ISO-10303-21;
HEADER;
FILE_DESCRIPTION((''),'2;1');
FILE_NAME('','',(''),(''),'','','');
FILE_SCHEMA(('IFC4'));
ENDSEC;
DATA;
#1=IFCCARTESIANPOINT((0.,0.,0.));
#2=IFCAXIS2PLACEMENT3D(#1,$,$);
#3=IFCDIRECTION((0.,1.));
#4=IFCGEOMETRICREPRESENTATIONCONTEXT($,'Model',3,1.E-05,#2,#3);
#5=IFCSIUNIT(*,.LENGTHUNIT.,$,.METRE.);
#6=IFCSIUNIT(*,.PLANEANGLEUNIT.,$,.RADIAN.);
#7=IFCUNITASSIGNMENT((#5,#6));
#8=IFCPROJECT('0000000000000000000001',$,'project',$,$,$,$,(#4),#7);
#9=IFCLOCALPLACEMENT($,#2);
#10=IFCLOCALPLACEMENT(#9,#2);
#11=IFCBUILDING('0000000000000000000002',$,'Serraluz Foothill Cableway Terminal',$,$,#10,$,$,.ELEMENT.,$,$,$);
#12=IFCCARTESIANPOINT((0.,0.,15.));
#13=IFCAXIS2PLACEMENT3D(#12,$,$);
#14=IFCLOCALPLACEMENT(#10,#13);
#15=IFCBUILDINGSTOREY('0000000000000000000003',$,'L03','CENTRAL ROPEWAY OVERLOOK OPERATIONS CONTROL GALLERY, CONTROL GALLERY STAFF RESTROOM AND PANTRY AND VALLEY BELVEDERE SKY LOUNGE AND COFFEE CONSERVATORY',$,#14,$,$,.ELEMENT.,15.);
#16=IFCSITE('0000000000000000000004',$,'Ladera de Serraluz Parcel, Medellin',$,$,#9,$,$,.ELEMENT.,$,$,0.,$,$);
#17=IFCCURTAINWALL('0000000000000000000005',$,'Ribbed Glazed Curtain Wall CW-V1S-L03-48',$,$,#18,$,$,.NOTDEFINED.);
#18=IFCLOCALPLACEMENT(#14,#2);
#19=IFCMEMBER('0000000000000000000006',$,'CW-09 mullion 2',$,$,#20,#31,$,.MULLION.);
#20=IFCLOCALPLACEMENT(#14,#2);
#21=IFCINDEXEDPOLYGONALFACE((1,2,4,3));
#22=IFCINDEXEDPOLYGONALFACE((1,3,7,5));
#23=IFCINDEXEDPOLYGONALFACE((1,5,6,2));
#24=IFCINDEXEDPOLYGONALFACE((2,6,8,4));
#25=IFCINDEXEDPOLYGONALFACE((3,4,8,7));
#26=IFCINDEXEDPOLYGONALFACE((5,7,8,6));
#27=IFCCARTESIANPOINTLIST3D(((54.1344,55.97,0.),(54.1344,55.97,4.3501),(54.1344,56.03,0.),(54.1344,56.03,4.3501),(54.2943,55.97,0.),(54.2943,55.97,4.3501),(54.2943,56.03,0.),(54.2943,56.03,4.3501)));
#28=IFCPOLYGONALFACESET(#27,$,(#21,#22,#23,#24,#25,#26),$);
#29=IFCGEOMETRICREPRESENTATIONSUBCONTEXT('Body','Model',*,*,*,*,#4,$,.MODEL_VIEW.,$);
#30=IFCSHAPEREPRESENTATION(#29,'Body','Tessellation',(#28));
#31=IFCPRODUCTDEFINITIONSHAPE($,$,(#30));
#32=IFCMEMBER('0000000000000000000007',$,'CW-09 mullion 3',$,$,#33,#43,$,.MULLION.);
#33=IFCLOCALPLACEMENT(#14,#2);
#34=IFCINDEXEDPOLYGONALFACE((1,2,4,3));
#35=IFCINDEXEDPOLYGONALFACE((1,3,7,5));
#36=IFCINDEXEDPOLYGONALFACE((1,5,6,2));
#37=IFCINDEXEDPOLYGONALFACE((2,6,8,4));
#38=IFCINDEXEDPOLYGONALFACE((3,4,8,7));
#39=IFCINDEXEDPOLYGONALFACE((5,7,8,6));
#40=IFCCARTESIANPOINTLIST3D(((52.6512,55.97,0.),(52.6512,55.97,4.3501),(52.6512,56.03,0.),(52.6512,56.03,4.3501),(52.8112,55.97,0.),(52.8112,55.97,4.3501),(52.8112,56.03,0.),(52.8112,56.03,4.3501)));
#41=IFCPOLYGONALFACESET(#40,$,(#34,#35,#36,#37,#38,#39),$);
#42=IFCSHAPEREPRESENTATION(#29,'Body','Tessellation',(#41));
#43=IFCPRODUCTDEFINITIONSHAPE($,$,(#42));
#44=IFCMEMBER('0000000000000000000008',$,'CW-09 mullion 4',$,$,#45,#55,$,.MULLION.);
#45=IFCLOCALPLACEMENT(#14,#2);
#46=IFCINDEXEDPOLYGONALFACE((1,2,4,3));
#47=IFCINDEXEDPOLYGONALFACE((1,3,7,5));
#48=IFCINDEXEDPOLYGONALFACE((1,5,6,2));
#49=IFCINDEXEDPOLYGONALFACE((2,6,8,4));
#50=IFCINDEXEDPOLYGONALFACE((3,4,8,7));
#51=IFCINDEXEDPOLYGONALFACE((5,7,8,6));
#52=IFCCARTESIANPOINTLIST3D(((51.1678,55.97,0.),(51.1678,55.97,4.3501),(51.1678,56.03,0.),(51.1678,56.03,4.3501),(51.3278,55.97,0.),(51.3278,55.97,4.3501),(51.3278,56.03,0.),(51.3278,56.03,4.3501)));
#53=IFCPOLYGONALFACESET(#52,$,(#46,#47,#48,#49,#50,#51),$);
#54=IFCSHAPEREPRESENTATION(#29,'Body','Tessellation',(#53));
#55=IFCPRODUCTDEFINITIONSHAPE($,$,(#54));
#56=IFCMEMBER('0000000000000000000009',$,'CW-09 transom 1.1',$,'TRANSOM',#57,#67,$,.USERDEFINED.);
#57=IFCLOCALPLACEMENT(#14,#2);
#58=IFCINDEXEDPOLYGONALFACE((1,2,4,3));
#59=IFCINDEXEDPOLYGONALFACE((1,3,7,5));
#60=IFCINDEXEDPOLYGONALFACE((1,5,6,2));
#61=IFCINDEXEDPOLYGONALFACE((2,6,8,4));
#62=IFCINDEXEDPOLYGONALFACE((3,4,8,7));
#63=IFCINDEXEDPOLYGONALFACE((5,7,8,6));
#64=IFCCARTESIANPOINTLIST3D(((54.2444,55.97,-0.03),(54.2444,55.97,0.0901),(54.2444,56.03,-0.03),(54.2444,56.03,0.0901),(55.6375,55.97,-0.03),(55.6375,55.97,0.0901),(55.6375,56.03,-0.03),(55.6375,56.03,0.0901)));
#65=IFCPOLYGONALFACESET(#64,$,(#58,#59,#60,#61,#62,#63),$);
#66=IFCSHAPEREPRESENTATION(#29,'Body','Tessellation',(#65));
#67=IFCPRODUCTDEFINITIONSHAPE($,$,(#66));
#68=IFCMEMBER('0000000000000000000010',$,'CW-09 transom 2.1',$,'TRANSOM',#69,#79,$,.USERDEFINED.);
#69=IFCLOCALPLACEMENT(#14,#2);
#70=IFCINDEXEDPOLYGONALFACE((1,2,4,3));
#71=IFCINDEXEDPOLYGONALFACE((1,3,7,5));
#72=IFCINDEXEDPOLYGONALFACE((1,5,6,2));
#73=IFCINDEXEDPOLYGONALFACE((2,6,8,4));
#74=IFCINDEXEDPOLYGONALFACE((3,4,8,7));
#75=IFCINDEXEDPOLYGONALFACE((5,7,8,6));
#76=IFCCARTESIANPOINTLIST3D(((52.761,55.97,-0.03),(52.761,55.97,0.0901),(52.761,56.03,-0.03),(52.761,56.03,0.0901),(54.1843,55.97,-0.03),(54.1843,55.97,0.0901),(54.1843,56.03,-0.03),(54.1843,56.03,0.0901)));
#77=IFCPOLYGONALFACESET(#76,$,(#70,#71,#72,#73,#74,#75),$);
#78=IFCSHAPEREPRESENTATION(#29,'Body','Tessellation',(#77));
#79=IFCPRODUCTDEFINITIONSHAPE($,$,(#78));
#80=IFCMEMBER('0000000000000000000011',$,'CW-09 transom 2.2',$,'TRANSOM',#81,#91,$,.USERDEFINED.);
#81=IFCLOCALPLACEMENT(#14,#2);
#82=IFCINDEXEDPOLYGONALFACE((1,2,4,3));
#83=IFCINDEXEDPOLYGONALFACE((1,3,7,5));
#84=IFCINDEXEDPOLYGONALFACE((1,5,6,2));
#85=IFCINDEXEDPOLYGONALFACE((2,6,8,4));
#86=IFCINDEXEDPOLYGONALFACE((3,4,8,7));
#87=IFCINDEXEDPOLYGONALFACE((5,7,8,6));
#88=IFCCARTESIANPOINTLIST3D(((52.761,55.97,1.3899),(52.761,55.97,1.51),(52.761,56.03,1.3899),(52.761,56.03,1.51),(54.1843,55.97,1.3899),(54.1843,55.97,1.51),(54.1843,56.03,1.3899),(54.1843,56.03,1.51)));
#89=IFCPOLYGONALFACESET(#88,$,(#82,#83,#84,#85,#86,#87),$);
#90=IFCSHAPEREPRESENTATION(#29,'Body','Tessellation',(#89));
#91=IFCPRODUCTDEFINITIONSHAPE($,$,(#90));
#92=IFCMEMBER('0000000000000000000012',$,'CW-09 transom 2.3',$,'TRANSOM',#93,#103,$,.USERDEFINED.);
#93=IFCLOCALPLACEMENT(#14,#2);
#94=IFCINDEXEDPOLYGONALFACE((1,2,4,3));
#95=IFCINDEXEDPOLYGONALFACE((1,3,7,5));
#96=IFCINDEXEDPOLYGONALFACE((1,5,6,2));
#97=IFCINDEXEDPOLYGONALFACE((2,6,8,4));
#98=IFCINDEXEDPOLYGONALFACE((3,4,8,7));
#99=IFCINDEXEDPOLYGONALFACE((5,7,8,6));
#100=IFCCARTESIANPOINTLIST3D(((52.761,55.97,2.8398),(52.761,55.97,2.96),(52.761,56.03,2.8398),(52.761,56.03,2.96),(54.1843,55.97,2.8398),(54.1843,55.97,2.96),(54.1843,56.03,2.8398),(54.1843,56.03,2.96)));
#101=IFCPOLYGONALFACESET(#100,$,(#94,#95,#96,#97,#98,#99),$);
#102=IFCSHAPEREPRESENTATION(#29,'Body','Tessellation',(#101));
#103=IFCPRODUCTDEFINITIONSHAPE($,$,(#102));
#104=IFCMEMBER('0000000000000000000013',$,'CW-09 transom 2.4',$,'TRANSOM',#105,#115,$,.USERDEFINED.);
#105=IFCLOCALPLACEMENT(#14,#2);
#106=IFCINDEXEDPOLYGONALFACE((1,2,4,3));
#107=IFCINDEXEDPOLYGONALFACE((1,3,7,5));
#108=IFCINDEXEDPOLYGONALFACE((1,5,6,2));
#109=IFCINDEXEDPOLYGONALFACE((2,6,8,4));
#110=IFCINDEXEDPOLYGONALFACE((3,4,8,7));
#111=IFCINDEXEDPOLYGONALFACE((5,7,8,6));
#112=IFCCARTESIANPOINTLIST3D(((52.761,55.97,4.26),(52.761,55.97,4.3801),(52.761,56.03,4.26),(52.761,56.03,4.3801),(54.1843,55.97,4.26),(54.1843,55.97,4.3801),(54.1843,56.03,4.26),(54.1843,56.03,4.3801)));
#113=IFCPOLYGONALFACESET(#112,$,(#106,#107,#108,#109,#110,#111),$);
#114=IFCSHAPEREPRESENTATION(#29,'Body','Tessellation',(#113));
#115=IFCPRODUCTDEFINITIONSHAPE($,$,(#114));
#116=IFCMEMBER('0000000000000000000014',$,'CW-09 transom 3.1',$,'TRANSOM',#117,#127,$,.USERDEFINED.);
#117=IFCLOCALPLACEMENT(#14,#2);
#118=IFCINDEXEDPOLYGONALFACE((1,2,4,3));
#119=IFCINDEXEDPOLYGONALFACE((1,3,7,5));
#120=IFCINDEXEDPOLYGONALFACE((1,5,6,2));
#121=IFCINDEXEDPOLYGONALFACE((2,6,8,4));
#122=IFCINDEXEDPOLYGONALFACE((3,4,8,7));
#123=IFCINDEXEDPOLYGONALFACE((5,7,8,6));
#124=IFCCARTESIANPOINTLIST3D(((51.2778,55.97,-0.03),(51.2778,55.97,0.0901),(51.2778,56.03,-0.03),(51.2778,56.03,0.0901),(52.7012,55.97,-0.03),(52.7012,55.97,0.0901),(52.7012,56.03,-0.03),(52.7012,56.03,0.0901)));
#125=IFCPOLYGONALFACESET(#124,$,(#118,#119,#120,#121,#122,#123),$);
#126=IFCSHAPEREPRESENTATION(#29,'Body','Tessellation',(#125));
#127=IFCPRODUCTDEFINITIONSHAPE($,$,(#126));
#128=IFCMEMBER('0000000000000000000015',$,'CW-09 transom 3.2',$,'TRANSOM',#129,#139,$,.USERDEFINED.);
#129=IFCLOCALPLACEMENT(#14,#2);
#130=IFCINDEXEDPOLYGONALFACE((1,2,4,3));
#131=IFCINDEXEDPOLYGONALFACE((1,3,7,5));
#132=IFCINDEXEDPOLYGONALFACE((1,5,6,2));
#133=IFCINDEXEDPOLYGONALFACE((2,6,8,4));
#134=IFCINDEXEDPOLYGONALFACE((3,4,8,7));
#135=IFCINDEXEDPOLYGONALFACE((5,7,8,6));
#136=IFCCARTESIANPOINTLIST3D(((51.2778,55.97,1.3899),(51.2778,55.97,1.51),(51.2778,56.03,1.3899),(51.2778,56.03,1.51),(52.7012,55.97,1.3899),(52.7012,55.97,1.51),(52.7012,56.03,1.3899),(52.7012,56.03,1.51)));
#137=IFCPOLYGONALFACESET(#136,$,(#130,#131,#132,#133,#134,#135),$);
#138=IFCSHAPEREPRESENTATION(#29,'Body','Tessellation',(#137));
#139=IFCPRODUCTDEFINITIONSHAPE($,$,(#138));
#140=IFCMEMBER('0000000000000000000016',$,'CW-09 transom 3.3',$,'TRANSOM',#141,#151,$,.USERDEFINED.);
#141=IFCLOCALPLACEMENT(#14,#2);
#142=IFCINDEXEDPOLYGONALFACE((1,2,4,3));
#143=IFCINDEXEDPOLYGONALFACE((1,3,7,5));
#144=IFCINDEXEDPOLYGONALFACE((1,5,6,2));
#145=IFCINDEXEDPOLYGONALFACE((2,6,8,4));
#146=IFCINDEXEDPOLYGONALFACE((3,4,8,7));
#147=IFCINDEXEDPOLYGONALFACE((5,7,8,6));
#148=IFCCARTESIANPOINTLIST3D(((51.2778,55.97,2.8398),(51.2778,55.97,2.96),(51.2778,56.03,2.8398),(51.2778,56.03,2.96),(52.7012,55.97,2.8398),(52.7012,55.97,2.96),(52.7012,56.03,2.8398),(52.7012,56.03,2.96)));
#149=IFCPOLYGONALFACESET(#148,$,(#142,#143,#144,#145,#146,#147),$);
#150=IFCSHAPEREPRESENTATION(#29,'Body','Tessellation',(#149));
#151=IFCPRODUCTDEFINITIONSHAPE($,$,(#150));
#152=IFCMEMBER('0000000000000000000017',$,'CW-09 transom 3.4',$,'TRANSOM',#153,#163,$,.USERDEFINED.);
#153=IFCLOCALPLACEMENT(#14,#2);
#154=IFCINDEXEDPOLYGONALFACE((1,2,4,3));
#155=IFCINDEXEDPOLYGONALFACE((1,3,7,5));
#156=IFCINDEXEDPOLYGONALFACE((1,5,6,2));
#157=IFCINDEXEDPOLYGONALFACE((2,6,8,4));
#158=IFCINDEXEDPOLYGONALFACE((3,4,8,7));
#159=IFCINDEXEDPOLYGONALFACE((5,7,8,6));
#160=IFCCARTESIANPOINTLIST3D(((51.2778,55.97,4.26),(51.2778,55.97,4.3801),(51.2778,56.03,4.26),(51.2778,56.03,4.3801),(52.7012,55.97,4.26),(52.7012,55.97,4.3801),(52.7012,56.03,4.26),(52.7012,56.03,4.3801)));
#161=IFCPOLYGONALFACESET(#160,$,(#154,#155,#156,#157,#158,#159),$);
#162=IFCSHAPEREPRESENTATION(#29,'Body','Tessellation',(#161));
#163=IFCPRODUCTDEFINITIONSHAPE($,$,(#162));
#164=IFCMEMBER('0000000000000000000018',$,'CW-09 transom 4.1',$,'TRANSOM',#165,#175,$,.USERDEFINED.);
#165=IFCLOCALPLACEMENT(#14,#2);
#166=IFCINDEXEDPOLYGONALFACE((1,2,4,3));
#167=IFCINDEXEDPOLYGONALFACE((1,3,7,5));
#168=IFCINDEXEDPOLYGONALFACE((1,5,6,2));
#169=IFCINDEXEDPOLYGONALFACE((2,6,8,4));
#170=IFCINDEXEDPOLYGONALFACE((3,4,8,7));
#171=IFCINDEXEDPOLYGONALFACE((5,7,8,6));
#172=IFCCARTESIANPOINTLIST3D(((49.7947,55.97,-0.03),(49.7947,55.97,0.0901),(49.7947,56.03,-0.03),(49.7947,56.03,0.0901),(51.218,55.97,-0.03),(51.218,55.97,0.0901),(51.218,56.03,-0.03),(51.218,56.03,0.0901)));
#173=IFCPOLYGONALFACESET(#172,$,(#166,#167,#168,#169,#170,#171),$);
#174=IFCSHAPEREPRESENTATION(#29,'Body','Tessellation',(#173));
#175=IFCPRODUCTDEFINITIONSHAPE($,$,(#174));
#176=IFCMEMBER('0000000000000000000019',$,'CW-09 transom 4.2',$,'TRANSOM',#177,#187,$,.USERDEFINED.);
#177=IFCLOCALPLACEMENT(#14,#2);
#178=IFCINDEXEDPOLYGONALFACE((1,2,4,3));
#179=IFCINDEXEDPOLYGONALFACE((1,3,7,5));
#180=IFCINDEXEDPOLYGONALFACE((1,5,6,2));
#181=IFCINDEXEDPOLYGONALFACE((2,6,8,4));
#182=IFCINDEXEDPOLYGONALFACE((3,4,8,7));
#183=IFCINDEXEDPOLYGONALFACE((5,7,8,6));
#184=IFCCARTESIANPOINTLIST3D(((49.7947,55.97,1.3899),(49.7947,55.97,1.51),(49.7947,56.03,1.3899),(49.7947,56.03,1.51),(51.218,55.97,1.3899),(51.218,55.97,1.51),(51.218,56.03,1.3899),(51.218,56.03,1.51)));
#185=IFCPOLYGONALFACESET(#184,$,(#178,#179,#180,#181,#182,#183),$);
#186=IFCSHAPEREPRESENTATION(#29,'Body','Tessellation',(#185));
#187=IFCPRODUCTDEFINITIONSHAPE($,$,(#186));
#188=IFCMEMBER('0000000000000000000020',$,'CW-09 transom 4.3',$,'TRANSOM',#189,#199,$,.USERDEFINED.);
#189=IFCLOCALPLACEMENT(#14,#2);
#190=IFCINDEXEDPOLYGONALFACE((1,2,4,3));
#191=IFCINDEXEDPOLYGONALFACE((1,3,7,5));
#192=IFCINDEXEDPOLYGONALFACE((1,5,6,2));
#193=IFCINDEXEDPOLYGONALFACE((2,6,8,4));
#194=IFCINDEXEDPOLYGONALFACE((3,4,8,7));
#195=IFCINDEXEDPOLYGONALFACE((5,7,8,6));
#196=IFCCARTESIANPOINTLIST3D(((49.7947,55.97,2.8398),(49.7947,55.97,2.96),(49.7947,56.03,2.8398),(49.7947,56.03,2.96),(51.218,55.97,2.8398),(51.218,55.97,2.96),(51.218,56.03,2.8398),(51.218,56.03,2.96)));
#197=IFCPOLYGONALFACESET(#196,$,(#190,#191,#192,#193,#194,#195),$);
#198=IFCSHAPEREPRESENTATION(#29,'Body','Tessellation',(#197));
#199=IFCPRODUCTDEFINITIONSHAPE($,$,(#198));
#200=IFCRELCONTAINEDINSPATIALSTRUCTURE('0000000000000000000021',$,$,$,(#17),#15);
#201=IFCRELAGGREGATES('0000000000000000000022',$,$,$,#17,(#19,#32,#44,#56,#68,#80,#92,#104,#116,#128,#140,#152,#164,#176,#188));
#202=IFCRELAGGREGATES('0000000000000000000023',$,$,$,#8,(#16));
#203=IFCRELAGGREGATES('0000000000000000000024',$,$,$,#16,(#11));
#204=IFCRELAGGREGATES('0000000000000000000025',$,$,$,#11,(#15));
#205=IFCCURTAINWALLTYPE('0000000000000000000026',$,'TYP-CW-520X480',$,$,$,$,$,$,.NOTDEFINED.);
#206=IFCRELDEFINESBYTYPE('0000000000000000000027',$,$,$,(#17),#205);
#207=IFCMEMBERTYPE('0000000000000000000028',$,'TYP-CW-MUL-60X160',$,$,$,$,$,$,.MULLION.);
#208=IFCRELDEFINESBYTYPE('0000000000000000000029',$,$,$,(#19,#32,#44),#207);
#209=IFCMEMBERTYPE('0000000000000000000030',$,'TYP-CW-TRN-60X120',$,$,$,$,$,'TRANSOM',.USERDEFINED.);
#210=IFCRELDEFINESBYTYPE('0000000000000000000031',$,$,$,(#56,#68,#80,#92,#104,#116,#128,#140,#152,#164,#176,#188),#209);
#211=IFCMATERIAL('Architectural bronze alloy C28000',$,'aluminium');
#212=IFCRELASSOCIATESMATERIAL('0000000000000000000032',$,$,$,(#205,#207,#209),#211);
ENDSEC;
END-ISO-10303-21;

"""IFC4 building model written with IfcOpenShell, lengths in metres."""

from ifc_helpers import new_model, si_unit, direction, frame, origin, origin_2d, place, context, subcontext, project, spatial, rectangle, extrude, material, material_profile, profile_set, type_object, element, aggregate, save


model = new_model("IFC4")

# Units and contexts
model_context = context("Model", 3, precision=1e-05, world=origin(), true_north=direction((0.0, 1.0)))
body_context = subcontext(model_context, "Body", "Model", "MODEL_VIEW")
ifc_project = project(units=[si_unit("LENGTHUNIT", "METRE"), si_unit("PLANEANGLEUNIT", "RADIAN")], contexts=[model_context])

# Site, building, storey
site_placement = place(None, origin())
site = spatial("IfcSite", under=ifc_project, at=site_placement, Name="Ladera de Serraluz Parcel, Medellin", CompositionType="ELEMENT", RefElevation=0.0)
building_placement = place(site_placement, origin())
building = spatial("IfcBuilding", under=site, at=building_placement, Name="Serraluz Foothill Cableway Terminal", CompositionType="ELEMENT")
storey_placement = place(building_placement, frame((0.0, 0.0, 15.0)))
storey = spatial("IfcBuildingStorey", under=building, at=storey_placement, Name="L03", Description="CENTRAL ROPEWAY OVERLOOK OPERATIONS CONTROL GALLERY, CONTROL GALLERY STAFF RESTROOM AND PANTRY AND VALLEY BELVEDERE SKY LOUNGE AND COFFEE CONSERVATORY", CompositionType="ELEMENT", Elevation=15.0)

# Curtain wall, members
ifc_material_1 = material(Name="Architectural bronze alloy C28000", Category="aluminium")
curtain_wall_type = type_object("IfcCurtainWallType", Name="TYP-CW-520X480", PredefinedType="NOTDEFINED", material=ifc_material_1)
curtain_wall_placement = place(storey_placement, origin())
curtain_wall = element("IfcCurtainWall", 1, at=curtain_wall_placement, inside=storey, type_object=curtain_wall_type, Name="Ribbed Glazed Curtain Wall CW-V1S-L03-48", PredefinedType="NOTDEFINED")
ifc_material_profile_1 = material_profile(ifc_material_1, rectangle(XDim=0.0601, YDim=0.1599, at=origin_2d()), Name="ALU MULLION 60x160")
ifc_profile_set_1 = profile_set([ifc_material_profile_1], Name="Architectural bronze alloy C28000")
member_type_1 = type_object("IfcMemberType", Name="TYP-CW-MUL-60X160", PredefinedType="MULLION", material=ifc_profile_set_1)
member_1_placement = place(storey_placement, frame((54.2144, 56.0, 0.0), z_axis=(0.0, 0.0, 1.0), x_axis=(0.0, -1.0, 0.0)))
member_1 = element("IfcMember", 2, at=member_1_placement, type_object=member_type_1, Name="CW-09 mullion 2", PredefinedType="MULLION", context=body_context, shape_type="SweptSolid", body=[
    extrude(rectangle(XDim=0.0601, YDim=0.1599, at=origin_2d()), origin(), (0.0, 0.0, 1.0), 4.3501),
])
member_2_placement = place(storey_placement, frame((52.7312, 56.0, 0.0), z_axis=(0.0, 0.0, 1.0), x_axis=(0.0, -1.0, 0.0)))
member_2 = element("IfcMember", 3, at=member_2_placement, type_object=member_type_1, Name="CW-09 mullion 3", PredefinedType="MULLION", context=body_context, shape_type="SweptSolid", body=[
    extrude(rectangle(XDim=0.0601, YDim=0.1599, at=origin_2d()), origin(), (0.0, 0.0, 1.0), 4.3501),
])
member_3_placement = place(storey_placement, frame((51.2478, 56.0, 0.0), z_axis=(0.0, 0.0, 1.0), x_axis=(0.0, -1.0, 0.0)))
member_3 = element("IfcMember", 4, at=member_3_placement, type_object=member_type_1, Name="CW-09 mullion 4", PredefinedType="MULLION", context=body_context, shape_type="SweptSolid", body=[
    extrude(rectangle(XDim=0.0601, YDim=0.1599, at=origin_2d()), origin(), (0.0, 0.0, 1.0), 4.3501),
])
ifc_material_profile_2 = material_profile(ifc_material_1, rectangle(XDim=0.0601, YDim=0.1201, at=origin_2d()), Name="ALU TRANSOM 60x120")
ifc_profile_set_2 = profile_set([ifc_material_profile_2], Name="Architectural bronze alloy C28000")
member_type_2 = type_object("IfcMemberType", Name="TYP-CW-TRN-60X120", ElementType="TRANSOM", PredefinedType="USERDEFINED", material=ifc_profile_set_2)
member_4_placement = place(storey_placement, frame((55.6375, 56.0, 0.03), z_axis=(-1.0, 0.0, 0.0), x_axis=(0.0, -1.0, 0.0)))
member_4 = element("IfcMember", 5, at=member_4_placement, type_object=member_type_2, Name="CW-09 transom 1.1", ObjectType="TRANSOM", PredefinedType="USERDEFINED", context=body_context, shape_type="SweptSolid", body=[
    extrude(rectangle(XDim=0.0601, YDim=0.1201, at=origin_2d()), origin(), (0.0, 0.0, 1.0), 1.3931),
])
member_5_placement = place(storey_placement, frame((54.1843, 56.0, 0.03), z_axis=(-1.0, 0.0, 0.0), x_axis=(0.0, -1.0, 0.0)))
member_5 = element("IfcMember", 6, at=member_5_placement, type_object=member_type_2, Name="CW-09 transom 2.1", ObjectType="TRANSOM", PredefinedType="USERDEFINED", context=body_context, shape_type="SweptSolid", body=[
    extrude(rectangle(XDim=0.0601, YDim=0.1201, at=origin_2d()), origin(), (0.0, 0.0, 1.0), 1.4233),
])
member_6_placement = place(storey_placement, frame((54.1843, 56.0, 1.45), z_axis=(-1.0, 0.0, 0.0), x_axis=(0.0, -1.0, 0.0)))
member_6 = element("IfcMember", 7, at=member_6_placement, type_object=member_type_2, Name="CW-09 transom 2.2", ObjectType="TRANSOM", PredefinedType="USERDEFINED", context=body_context, shape_type="SweptSolid", body=[
    extrude(rectangle(XDim=0.0601, YDim=0.1201, at=origin_2d()), origin(), (0.0, 0.0, 1.0), 1.4233),
])
member_7_placement = place(storey_placement, frame((54.1843, 56.0, 2.8999), z_axis=(-1.0, 0.0, 0.0), x_axis=(0.0, -1.0, 0.0)))
member_7 = element("IfcMember", 8, at=member_7_placement, type_object=member_type_2, Name="CW-09 transom 2.3", ObjectType="TRANSOM", PredefinedType="USERDEFINED", context=body_context, shape_type="SweptSolid", body=[
    extrude(rectangle(XDim=0.0601, YDim=0.1201, at=origin_2d()), origin(), (0.0, 0.0, 1.0), 1.4233),
])
member_8_placement = place(storey_placement, frame((54.1843, 56.0, 4.3201), z_axis=(-1.0, 0.0, 0.0), x_axis=(0.0, -1.0, 0.0)))
member_8 = element("IfcMember", 9, at=member_8_placement, type_object=member_type_2, Name="CW-09 transom 2.4", ObjectType="TRANSOM", PredefinedType="USERDEFINED", context=body_context, shape_type="SweptSolid", body=[
    extrude(rectangle(XDim=0.0601, YDim=0.1201, at=origin_2d()), origin(), (0.0, 0.0, 1.0), 1.4233),
])
member_9_placement = place(storey_placement, frame((52.7012, 56.0, 0.03), z_axis=(-1.0, 0.0, 0.0), x_axis=(0.0, -1.0, 0.0)))
member_9 = element("IfcMember", 10, at=member_9_placement, type_object=member_type_2, Name="CW-09 transom 3.1", ObjectType="TRANSOM", PredefinedType="USERDEFINED", context=body_context, shape_type="SweptSolid", body=[
    extrude(rectangle(XDim=0.0601, YDim=0.1201, at=origin_2d()), origin(), (0.0, 0.0, 1.0), 1.4233),
])
member_10_placement = place(storey_placement, frame((52.7012, 56.0, 1.45), z_axis=(-1.0, 0.0, 0.0), x_axis=(0.0, -1.0, 0.0)))
member_10 = element("IfcMember", 11, at=member_10_placement, type_object=member_type_2, Name="CW-09 transom 3.2", ObjectType="TRANSOM", PredefinedType="USERDEFINED", context=body_context, shape_type="SweptSolid", body=[
    extrude(rectangle(XDim=0.0601, YDim=0.1201, at=origin_2d()), origin(), (0.0, 0.0, 1.0), 1.4233),
])
member_11_placement = place(storey_placement, frame((52.7012, 56.0, 2.8999), z_axis=(-1.0, 0.0, 0.0), x_axis=(0.0, -1.0, 0.0)))
member_11 = element("IfcMember", 12, at=member_11_placement, type_object=member_type_2, Name="CW-09 transom 3.3", ObjectType="TRANSOM", PredefinedType="USERDEFINED", context=body_context, shape_type="SweptSolid", body=[
    extrude(rectangle(XDim=0.0601, YDim=0.1201, at=origin_2d()), origin(), (0.0, 0.0, 1.0), 1.4233),
])
member_12_placement = place(storey_placement, frame((52.7012, 56.0, 4.3201), z_axis=(-1.0, 0.0, 0.0), x_axis=(0.0, -1.0, 0.0)))
member_12 = element("IfcMember", 13, at=member_12_placement, type_object=member_type_2, Name="CW-09 transom 3.4", ObjectType="TRANSOM", PredefinedType="USERDEFINED", context=body_context, shape_type="SweptSolid", body=[
    extrude(rectangle(XDim=0.0601, YDim=0.1201, at=origin_2d()), origin(), (0.0, 0.0, 1.0), 1.4233),
])
member_13_placement = place(storey_placement, frame((51.218, 56.0, 0.03), z_axis=(-1.0, 0.0, 0.0), x_axis=(0.0, -1.0, 0.0)))
member_13 = element("IfcMember", 14, at=member_13_placement, type_object=member_type_2, Name="CW-09 transom 4.1", ObjectType="TRANSOM", PredefinedType="USERDEFINED", context=body_context, shape_type="SweptSolid", body=[
    extrude(rectangle(XDim=0.0601, YDim=0.1201, at=origin_2d()), origin(), (0.0, 0.0, 1.0), 1.4233),
])
member_14_placement = place(storey_placement, frame((51.218, 56.0, 1.45), z_axis=(-1.0, 0.0, 0.0), x_axis=(0.0, -1.0, 0.0)))
member_14 = element("IfcMember", 15, at=member_14_placement, type_object=member_type_2, Name="CW-09 transom 4.2", ObjectType="TRANSOM", PredefinedType="USERDEFINED", context=body_context, shape_type="SweptSolid", body=[
    extrude(rectangle(XDim=0.0601, YDim=0.1201, at=origin_2d()), origin(), (0.0, 0.0, 1.0), 1.4233),
])
member_15_placement = place(storey_placement, frame((51.218, 56.0, 2.8999), z_axis=(-1.0, 0.0, 0.0), x_axis=(0.0, -1.0, 0.0)))
member_15 = element("IfcMember", 16, at=member_15_placement, type_object=member_type_2, Name="CW-09 transom 4.3", ObjectType="TRANSOM", PredefinedType="USERDEFINED", context=body_context, shape_type="SweptSolid", body=[
    extrude(rectangle(XDim=0.0601, YDim=0.1201, at=origin_2d()), origin(), (0.0, 0.0, 1.0), 1.4233),
])
aggregate(curtain_wall, [member_1, member_2, member_3, member_4, member_5, member_6, member_7, member_8, member_9, member_10, member_11, member_12, member_13, member_14, member_15])

save(model, "model.ifc")
